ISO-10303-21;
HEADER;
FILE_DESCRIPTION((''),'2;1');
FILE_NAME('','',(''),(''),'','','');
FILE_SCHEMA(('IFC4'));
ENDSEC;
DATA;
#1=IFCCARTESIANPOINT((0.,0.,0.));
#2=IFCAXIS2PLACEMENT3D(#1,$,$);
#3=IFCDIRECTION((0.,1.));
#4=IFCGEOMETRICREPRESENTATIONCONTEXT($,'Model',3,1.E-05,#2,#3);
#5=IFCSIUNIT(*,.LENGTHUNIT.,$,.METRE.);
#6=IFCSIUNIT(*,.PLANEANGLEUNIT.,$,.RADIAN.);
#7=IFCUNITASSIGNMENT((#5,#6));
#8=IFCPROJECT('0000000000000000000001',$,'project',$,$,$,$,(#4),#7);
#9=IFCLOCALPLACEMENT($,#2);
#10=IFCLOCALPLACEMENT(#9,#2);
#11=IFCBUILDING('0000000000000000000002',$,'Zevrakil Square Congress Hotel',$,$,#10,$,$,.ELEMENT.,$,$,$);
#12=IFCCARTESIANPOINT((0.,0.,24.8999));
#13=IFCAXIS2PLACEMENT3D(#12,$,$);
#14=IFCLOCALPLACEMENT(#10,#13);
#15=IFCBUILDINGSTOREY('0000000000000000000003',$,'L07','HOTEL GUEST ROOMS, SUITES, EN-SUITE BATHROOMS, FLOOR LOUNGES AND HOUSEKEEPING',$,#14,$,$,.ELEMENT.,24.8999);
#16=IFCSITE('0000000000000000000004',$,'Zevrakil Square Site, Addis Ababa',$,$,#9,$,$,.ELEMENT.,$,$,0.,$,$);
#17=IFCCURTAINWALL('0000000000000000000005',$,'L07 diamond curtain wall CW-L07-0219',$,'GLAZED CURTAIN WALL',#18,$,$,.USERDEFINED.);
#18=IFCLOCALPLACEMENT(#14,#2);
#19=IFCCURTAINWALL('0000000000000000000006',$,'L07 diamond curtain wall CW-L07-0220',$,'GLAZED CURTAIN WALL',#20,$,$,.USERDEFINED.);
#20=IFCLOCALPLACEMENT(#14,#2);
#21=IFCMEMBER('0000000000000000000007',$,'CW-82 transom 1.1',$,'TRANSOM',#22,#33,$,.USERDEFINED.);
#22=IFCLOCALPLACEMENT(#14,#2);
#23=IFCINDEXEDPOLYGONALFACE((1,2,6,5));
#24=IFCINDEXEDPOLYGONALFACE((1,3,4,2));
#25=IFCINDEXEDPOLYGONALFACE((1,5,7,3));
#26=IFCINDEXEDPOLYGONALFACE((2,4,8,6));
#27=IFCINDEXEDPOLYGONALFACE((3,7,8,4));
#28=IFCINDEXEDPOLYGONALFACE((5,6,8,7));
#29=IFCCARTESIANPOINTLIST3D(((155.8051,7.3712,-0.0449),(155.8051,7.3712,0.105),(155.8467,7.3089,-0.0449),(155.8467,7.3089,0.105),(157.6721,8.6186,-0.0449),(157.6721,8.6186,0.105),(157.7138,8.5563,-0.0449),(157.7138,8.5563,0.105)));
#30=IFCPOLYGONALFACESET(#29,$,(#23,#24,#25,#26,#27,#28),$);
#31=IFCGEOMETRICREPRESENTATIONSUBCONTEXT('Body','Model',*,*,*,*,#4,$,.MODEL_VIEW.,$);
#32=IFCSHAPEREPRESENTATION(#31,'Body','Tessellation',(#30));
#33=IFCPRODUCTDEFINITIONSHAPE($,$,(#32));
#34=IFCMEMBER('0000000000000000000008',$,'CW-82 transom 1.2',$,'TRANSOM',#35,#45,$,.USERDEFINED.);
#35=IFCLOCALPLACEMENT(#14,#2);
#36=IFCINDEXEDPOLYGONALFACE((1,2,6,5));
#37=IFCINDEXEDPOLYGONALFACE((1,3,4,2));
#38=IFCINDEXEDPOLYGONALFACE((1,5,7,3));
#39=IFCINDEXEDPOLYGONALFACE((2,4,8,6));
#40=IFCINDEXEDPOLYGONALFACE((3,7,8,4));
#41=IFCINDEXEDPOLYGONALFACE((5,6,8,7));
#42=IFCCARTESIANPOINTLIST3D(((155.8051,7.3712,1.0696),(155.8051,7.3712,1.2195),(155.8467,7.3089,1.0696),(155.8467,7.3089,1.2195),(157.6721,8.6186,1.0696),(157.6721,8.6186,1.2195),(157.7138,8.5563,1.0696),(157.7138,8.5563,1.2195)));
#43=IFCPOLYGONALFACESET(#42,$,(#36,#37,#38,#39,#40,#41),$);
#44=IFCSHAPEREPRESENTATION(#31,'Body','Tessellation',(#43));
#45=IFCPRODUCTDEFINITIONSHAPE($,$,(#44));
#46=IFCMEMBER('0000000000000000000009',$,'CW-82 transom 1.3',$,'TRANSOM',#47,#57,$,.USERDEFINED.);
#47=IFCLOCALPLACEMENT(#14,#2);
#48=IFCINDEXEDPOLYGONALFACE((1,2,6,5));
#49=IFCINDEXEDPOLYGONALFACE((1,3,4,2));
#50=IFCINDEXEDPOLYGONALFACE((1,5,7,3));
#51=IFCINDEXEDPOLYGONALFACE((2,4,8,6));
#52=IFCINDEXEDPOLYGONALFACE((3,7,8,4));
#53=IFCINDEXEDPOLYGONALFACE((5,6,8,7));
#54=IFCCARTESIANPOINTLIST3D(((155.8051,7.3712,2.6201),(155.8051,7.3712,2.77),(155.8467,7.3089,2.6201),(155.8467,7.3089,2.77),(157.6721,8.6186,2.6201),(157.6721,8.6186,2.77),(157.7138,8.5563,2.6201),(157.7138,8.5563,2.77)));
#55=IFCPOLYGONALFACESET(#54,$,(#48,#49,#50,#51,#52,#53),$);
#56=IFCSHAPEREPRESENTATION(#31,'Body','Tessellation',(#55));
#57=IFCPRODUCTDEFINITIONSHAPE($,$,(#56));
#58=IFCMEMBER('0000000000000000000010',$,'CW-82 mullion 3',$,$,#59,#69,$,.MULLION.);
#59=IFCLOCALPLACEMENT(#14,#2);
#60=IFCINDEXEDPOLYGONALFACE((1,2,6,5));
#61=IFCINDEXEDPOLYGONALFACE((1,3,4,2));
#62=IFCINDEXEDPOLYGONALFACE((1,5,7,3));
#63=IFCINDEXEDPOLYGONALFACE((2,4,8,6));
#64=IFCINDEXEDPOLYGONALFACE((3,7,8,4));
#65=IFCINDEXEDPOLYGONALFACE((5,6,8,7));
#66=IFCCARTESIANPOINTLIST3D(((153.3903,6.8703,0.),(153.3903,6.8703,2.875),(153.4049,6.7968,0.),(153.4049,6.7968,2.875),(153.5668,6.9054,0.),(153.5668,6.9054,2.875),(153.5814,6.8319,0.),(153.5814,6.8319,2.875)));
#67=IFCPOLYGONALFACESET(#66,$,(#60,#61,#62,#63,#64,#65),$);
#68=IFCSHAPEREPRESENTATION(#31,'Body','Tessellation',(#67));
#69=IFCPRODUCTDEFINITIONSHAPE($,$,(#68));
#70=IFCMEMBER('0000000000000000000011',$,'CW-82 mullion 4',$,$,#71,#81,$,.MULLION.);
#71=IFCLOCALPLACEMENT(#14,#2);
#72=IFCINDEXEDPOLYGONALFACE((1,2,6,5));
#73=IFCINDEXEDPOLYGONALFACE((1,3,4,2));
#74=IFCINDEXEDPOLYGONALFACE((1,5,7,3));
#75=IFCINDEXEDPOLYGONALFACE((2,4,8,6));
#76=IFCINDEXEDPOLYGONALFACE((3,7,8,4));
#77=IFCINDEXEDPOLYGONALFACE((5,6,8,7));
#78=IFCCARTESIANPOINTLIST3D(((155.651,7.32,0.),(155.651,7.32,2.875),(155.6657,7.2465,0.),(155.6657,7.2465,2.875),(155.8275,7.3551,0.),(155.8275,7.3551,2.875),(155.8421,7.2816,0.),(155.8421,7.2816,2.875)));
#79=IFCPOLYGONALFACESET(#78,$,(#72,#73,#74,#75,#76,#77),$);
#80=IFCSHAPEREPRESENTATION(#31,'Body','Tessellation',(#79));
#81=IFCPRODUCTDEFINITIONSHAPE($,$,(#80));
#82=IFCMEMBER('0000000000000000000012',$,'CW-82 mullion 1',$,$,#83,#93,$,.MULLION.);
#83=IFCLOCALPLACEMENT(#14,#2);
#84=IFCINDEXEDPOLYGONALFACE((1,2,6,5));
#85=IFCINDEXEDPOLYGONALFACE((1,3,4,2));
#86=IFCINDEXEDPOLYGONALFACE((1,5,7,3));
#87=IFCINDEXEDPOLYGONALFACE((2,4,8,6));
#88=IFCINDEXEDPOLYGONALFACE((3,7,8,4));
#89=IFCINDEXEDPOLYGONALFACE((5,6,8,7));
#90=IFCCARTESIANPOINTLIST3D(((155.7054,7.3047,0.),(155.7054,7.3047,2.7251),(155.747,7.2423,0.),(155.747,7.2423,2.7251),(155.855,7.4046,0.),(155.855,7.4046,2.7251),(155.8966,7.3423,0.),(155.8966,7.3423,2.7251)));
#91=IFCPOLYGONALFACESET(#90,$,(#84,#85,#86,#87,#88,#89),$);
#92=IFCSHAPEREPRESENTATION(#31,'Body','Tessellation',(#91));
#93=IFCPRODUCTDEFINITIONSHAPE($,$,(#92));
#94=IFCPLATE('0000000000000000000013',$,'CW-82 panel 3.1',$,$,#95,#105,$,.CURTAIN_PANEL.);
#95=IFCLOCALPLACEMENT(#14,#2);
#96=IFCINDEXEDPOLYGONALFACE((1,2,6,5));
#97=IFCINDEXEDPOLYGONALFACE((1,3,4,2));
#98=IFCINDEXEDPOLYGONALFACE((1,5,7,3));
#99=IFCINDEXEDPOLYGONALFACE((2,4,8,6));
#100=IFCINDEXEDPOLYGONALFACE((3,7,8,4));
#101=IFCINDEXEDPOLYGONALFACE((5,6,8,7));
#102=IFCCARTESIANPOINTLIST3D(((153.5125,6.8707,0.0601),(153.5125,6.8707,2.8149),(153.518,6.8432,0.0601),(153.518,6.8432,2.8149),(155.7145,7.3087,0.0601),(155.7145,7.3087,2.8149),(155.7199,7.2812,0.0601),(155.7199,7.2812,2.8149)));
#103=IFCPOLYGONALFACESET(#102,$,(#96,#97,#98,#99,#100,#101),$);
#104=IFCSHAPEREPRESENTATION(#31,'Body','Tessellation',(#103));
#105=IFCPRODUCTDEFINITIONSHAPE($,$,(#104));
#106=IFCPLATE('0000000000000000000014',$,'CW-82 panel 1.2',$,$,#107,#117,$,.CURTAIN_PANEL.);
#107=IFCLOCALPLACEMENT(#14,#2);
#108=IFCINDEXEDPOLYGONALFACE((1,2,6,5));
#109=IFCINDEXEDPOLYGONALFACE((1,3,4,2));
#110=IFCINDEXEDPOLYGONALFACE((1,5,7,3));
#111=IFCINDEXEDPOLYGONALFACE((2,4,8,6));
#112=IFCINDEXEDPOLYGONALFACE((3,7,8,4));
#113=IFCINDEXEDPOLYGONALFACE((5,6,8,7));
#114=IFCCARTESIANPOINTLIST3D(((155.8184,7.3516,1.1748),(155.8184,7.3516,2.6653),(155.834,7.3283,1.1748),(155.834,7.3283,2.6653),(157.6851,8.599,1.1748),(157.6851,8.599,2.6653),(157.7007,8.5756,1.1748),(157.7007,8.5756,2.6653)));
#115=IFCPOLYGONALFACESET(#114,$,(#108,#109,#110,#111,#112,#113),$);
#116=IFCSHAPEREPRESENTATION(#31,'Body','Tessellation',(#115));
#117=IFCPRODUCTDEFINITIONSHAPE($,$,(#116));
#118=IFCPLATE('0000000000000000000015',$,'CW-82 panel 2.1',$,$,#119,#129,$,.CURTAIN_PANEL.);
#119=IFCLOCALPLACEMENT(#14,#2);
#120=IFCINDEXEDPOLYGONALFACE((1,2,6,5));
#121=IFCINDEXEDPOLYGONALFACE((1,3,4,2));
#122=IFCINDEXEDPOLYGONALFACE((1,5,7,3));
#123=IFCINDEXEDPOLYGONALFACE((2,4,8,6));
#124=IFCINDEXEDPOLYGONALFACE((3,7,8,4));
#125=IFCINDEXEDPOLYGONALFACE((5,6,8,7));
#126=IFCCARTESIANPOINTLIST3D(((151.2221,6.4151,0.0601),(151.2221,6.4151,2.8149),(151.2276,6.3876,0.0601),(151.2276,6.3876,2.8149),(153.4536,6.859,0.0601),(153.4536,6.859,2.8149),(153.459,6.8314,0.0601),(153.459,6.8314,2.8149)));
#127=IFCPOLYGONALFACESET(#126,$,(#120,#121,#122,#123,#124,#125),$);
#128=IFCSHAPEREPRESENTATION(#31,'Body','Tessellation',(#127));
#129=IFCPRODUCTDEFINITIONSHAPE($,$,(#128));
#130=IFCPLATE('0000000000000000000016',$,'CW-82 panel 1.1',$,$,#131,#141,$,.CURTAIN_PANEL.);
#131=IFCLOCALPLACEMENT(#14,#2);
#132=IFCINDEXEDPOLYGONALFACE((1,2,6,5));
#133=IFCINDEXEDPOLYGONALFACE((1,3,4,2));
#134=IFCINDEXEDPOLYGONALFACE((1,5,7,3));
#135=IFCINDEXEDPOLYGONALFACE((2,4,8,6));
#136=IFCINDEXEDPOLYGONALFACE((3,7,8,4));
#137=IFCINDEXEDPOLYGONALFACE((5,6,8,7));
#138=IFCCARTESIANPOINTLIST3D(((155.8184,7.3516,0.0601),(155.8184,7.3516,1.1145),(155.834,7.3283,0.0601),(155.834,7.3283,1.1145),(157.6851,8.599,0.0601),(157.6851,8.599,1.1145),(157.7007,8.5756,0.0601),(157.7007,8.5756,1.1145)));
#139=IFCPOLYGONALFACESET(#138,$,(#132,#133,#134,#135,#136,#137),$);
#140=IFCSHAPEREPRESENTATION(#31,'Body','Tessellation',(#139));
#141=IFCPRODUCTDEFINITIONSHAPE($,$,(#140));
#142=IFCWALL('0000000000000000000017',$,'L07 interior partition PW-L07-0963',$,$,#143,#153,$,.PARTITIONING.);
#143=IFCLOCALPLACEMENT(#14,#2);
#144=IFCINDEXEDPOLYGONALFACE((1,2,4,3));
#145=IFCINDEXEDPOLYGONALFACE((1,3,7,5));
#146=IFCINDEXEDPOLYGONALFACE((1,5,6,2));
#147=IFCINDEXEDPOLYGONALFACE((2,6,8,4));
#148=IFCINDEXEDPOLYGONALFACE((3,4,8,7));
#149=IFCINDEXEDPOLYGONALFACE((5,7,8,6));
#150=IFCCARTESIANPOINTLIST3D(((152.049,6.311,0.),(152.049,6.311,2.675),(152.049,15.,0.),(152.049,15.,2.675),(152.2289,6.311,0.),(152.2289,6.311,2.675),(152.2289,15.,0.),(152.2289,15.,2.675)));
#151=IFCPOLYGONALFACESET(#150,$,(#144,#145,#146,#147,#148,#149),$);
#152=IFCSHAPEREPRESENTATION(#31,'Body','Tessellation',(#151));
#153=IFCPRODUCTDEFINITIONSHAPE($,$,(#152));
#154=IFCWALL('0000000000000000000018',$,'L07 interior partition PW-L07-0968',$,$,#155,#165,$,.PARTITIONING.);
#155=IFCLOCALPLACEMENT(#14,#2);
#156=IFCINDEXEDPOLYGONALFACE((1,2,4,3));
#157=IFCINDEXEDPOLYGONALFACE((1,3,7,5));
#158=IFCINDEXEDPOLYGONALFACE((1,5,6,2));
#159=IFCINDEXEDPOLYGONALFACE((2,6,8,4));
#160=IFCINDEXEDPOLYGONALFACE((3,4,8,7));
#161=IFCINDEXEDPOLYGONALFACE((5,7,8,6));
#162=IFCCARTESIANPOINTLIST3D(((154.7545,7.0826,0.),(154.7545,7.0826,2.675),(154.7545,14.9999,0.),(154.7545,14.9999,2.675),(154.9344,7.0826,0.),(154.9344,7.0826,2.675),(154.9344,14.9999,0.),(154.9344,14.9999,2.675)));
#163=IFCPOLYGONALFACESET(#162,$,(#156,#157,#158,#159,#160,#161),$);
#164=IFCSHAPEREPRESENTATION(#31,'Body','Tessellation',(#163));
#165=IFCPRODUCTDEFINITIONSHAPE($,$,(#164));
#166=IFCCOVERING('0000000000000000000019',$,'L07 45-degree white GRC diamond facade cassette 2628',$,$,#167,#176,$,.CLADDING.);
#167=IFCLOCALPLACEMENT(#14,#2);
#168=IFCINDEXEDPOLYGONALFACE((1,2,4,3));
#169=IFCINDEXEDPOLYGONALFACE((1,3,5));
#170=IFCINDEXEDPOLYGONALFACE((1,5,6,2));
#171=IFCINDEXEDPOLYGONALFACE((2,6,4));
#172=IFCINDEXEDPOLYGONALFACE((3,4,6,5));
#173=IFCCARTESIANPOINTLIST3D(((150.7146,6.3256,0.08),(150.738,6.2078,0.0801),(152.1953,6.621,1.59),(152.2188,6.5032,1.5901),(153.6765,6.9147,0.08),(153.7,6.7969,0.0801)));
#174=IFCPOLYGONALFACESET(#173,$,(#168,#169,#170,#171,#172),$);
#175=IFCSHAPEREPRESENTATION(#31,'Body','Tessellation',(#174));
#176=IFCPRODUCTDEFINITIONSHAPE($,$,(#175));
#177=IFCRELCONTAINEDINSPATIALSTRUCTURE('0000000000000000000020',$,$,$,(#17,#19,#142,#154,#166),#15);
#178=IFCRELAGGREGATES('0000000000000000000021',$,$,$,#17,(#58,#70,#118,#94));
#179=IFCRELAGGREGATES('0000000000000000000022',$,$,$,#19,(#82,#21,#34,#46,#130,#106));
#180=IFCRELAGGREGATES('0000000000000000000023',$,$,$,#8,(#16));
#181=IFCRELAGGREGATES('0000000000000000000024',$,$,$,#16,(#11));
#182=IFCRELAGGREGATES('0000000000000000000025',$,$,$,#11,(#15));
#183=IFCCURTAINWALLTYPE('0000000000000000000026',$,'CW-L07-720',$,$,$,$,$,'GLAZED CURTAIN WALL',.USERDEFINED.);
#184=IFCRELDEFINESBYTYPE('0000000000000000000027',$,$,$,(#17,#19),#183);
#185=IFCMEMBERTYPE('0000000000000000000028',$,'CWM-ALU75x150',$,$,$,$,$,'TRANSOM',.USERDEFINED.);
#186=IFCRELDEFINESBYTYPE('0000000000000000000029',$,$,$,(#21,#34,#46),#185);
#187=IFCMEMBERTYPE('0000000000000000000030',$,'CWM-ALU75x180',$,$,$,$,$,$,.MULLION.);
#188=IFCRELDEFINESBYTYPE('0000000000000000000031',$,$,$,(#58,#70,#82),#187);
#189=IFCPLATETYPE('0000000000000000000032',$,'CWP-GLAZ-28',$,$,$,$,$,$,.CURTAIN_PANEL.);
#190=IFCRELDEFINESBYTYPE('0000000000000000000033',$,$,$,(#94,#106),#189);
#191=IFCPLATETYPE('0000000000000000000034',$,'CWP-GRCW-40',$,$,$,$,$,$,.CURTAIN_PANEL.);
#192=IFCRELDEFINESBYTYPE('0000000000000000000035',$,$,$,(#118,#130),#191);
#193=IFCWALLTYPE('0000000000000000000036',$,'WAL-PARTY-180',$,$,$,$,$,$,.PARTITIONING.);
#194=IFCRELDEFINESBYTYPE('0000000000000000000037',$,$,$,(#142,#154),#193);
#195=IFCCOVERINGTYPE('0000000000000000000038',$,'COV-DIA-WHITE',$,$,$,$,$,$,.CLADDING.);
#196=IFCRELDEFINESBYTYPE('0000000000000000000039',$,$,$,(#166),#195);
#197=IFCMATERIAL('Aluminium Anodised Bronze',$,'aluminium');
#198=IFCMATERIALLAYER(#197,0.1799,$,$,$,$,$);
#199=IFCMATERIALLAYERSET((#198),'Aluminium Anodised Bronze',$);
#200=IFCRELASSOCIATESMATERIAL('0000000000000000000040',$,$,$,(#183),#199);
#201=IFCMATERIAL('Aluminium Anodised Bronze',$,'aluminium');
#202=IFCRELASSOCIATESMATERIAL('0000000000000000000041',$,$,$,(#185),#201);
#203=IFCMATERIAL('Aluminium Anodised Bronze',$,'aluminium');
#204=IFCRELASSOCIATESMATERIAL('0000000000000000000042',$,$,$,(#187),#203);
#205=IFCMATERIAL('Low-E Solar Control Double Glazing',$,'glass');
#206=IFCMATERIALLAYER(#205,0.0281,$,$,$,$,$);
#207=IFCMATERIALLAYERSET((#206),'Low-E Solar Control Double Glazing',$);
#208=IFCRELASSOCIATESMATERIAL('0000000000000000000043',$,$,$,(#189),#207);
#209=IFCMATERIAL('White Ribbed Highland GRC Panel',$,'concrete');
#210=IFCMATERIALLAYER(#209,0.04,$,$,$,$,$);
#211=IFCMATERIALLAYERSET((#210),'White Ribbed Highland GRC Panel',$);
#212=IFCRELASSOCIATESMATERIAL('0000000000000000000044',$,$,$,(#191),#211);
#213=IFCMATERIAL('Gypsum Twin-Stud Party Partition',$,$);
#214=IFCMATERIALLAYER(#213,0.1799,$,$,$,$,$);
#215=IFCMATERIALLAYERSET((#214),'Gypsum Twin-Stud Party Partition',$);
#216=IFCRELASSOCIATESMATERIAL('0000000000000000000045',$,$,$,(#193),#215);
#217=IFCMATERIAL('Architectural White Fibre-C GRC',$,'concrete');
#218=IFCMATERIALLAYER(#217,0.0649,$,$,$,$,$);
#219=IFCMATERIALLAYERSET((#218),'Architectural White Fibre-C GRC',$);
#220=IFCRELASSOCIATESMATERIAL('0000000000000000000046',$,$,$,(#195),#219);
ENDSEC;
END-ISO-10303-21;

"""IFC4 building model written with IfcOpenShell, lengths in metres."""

from ifc_helpers import new_model, si_unit, direction, frame, frame_2d, origin, origin_2d, place, context, subcontext, project, spatial, polyline, rectangle, outline, extrude, material, layer, layer_set, material_profile, profile_set, type_object, element, aggregate, save


model = new_model("IFC4")

# Units and contexts
model_context = context("Model", 3, precision=1e-05, world=origin(), true_north=direction((0.0, 1.0)))
body_context = subcontext(model_context, "Body", "Model", "MODEL_VIEW")
ifc_project = project(units=[si_unit("LENGTHUNIT", "METRE"), si_unit("PLANEANGLEUNIT", "RADIAN")], contexts=[model_context])

# Site, building, storey
site_placement = place(None, origin())
site = spatial("IfcSite", under=ifc_project, at=site_placement, Name="Zevrakil Square Site, Addis Ababa", CompositionType="ELEMENT", RefElevation=0.0)
building_placement = place(site_placement, origin())
building = spatial("IfcBuilding", under=site, at=building_placement, Name="Zevrakil Square Congress Hotel", CompositionType="ELEMENT")
storey_placement = place(building_placement, frame((0.0, 0.0, 24.8999)))
storey = spatial("IfcBuildingStorey", under=building, at=storey_placement, Name="L07", Description="HOTEL GUEST ROOMS, SUITES, EN-SUITE BATHROOMS, FLOOR LOUNGES AND HOUSEKEEPING", CompositionType="ELEMENT", Elevation=24.8999)

# Curtain walls, members
ifc_material_1 = material(Name="Aluminium Anodised Bronze", Category="aluminium")
ifc_layer_1 = layer(ifc_material_1, 0.1799)
ifc_layer_set_1 = layer_set([ifc_layer_1], Name="Aluminium Anodised Bronze")
curtain_wall_type = type_object("IfcCurtainWallType", Name="CW-L07-720", ElementType="GLAZED CURTAIN WALL", PredefinedType="USERDEFINED", material=ifc_layer_set_1)
curtain_wall_1_placement = place(storey_placement, origin())
curtain_wall_1 = element("IfcCurtainWall", 1, at=curtain_wall_1_placement, inside=storey, type_object=curtain_wall_type, Name="L07 diamond curtain wall CW-L07-0219", ObjectType="GLAZED CURTAIN WALL", PredefinedType="USERDEFINED")
ifc_material_2 = material(Name="Aluminium Anodised Bronze", Category="aluminium")
ifc_material_profile_1 = material_profile(ifc_material_2, rectangle(XDim=0.075, YDim=0.1499, at=origin_2d()), Name="ALU 75x150")
ifc_profile_set_1 = profile_set([ifc_material_profile_1], Name="Aluminium Anodised Bronze")
member_type_1 = type_object("IfcMemberType", Name="CWM-ALU75x150", ElementType="TRANSOM", PredefinedType="USERDEFINED", material=ifc_profile_set_1)
curtain_wall_2_placement = place(storey_placement, origin())
curtain_wall_2 = element("IfcCurtainWall", 2, at=curtain_wall_2_placement, inside=storey, type_object=curtain_wall_type, Name="L07 diamond curtain wall CW-L07-0220", ObjectType="GLAZED CURTAIN WALL", PredefinedType="USERDEFINED")
member_1_placement = place(storey_placement, frame((155.8259, 7.3401, 0.03), z_axis=(0.831498, 0.555528, 0.0), x_axis=(-0.555528, 0.831498, 0.0)))
member_1 = element("IfcMember", 3, at=member_1_placement, type_object=member_type_1, Name="CW-82 transom 1.1", ObjectType="TRANSOM", PredefinedType="USERDEFINED", context=body_context, shape_type="SweptSolid", body=[
    extrude(rectangle(XDim=0.075, YDim=0.1499, at=origin_2d()), origin(), (0.0, 0.0, 1.0), 2.2454),
])
member_2_placement = place(storey_placement, frame((155.8259, 7.3401, 1.1445), z_axis=(0.831498, 0.555528, 0.0), x_axis=(-0.555528, 0.831498, 0.0)))
member_2 = element("IfcMember", 4, at=member_2_placement, type_object=member_type_1, Name="CW-82 transom 1.2", ObjectType="TRANSOM", PredefinedType="USERDEFINED", context=body_context, shape_type="SweptSolid", body=[
    extrude(rectangle(XDim=0.075, YDim=0.1499, at=origin_2d()), origin(), (0.0, 0.0, 1.0), 2.2454),
])
member_3_placement = place(storey_placement, frame((155.8259, 7.3401, 2.6951), z_axis=(0.831498, 0.555528, 0.0), x_axis=(-0.555528, 0.831498, 0.0)))
member_3 = element("IfcMember", 5, at=member_3_placement, type_object=member_type_1, Name="CW-82 transom 1.3", ObjectType="TRANSOM", PredefinedType="USERDEFINED", context=body_context, shape_type="SweptSolid", body=[
    extrude(rectangle(XDim=0.075, YDim=0.1499, at=origin_2d()), origin(), (0.0, 0.0, 1.0), 2.2454),
])

# Members
ifc_material_3 = material(Name="Aluminium Anodised Bronze", Category="aluminium")
ifc_material_profile_2 = material_profile(ifc_material_3, rectangle(XDim=0.075, YDim=0.1799, at=origin_2d()), Name="ALU 75x180")
ifc_profile_set_2 = profile_set([ifc_material_profile_2], Name="Aluminium Anodised Bronze")
member_type_2 = type_object("IfcMemberType", Name="CWM-ALU75x180", PredefinedType="MULLION", material=ifc_profile_set_2)
member_4_placement = place(storey_placement, frame((153.4858, 6.8511, 0.0), z_axis=(0.0, 0.0, 1.0), x_axis=(-0.195084, 0.980787, 0.0)))
member_4 = element("IfcMember", 6, at=member_4_placement, type_object=member_type_2, Name="CW-82 mullion 3", PredefinedType="MULLION", context=body_context, shape_type="SweptSolid", body=[
    extrude(rectangle(XDim=0.075, YDim=0.1799, at=origin_2d()), origin(), (0.0, 0.0, 1.0), 2.875),
])
member_5_placement = place(storey_placement, frame((155.7466, 7.3008, 0.0), z_axis=(0.0, 0.0, 1.0), x_axis=(-0.195084, 0.980787, 0.0)))
member_5 = element("IfcMember", 7, at=member_5_placement, type_object=member_type_2, Name="CW-82 mullion 4", PredefinedType="MULLION", context=body_context, shape_type="SweptSolid", body=[
    extrude(rectangle(XDim=0.075, YDim=0.1799, at=origin_2d()), origin(), (0.0, 0.0, 1.0), 2.875),
])
member_6_placement = place(storey_placement, frame((155.801, 7.3235, 0.0), z_axis=(0.0, 0.0, 1.0), x_axis=(-0.555576, 0.831466, 0.0)))
member_6 = element("IfcMember", 8, at=member_6_placement, type_object=member_type_2, Name="CW-82 mullion 1", PredefinedType="MULLION", context=body_context, shape_type="SweptSolid", body=[
    extrude(rectangle(XDim=0.075, YDim=0.1799, at=origin_2d()), origin(), (0.0, 0.0, 1.0), 2.7251),
])

# Plates
ifc_material_4 = material(Name="Low-E Solar Control Double Glazing", Category="glass")
ifc_layer_2 = layer(ifc_material_4, 0.0281)
ifc_layer_set_2 = layer_set([ifc_layer_2], Name="Low-E Solar Control Double Glazing")
plate_type_1 = type_object("IfcPlateType", Name="CWP-GLAZ-28", PredefinedType="CURTAIN_PANEL", material=ifc_layer_set_2)
plate_1_placement = place(storey_placement, frame((154.6162, 7.0759, 0.0601), z_axis=(0.0, 0.0, 1.0), x_axis=(0.980787, 0.195084, 0.0)))
plate_1 = element("IfcPlate", 9, at=plate_1_placement, type_object=plate_type_1, Name="CW-82 panel 3.1", PredefinedType="CURTAIN_PANEL", context=body_context, shape_type="SweptSolid", body=[
    extrude(rectangle(XDim=2.2451, YDim=0.0281, at=origin_2d()), origin(), (0.0, 0.0, 1.0), 2.7549),
])
plate_2_placement = place(storey_placement, frame((156.7595, 7.9636, 1.1748), z_axis=(0.0, 0.0, 1.0), x_axis=(0.831466, 0.555576, 0.0)))
plate_2 = element("IfcPlate", 10, at=plate_2_placement, type_object=plate_type_1, Name="CW-82 panel 1.2", PredefinedType="CURTAIN_PANEL", context=body_context, shape_type="SweptSolid", body=[
    extrude(rectangle(XDim=2.2451, YDim=0.0281, at=origin_2d()), origin(), (0.0, 0.0, 1.0), 1.4905),
])
ifc_material_5 = material(Name="White Ribbed Highland GRC Panel", Category="concrete")
ifc_layer_3 = layer(ifc_material_5, 0.04)
ifc_layer_set_3 = layer_set([ifc_layer_3], Name="White Ribbed Highland GRC Panel")
plate_type_2 = type_object("IfcPlateType", Name="CWP-GRCW-40", PredefinedType="CURTAIN_PANEL", material=ifc_layer_set_3)
plate_3_placement = place(storey_placement, frame((152.3406, 6.6233, 0.0601), z_axis=(0.0, 0.0, 1.0), x_axis=(0.980787, 0.195084, 0.0)))
plate_3 = element("IfcPlate", 11, at=plate_3_placement, type_object=plate_type_2, Name="CW-82 panel 2.1", PredefinedType="CURTAIN_PANEL", context=body_context, shape_type="SweptSolid", body=[
    extrude(rectangle(XDim=2.2751, YDim=0.0281, at=origin_2d()), origin(), (0.0, 0.0, 1.0), 2.7549),
])
aggregate(curtain_wall_1, [member_4, member_5, plate_3, plate_1])
plate_4_placement = place(storey_placement, frame((156.7595, 7.9636, 0.0601), z_axis=(0.0, 0.0, 1.0), x_axis=(0.831466, 0.555576, 0.0)))
plate_4 = element("IfcPlate", 12, at=plate_4_placement, type_object=plate_type_2, Name="CW-82 panel 1.1", PredefinedType="CURTAIN_PANEL", context=body_context, shape_type="SweptSolid", body=[
    extrude(rectangle(XDim=2.2451, YDim=0.0281, at=origin_2d()), origin(), (0.0, 0.0, 1.0), 1.0544),
])
aggregate(curtain_wall_2, [member_6, member_1, member_2, member_3, plate_4, plate_2])

# Walls
ifc_material_6 = material(Name="Gypsum Twin-Stud Party Partition")
ifc_layer_4 = layer(ifc_material_6, 0.1799)
ifc_layer_set_4 = layer_set([ifc_layer_4], Name="Gypsum Twin-Stud Party Partition")
wall_type = type_object("IfcWallType", Name="WAL-PARTY-180", PredefinedType="PARTITIONING", material=ifc_layer_set_4)
wall_1_placement = place(storey_placement, frame((152.1389, 6.311, 0.0), z_axis=(0.0, 0.0, 1.0), x_axis=(0.0, 1.0, 0.0)))
element("IfcWall", 13, at=wall_1_placement, inside=storey, type_object=wall_type, Name="L07 interior partition PW-L07-0963", PredefinedType="PARTITIONING", context=body_context, shape_type="SweptSolid", body=[
    extrude(rectangle(XDim=8.689, YDim=0.1799, at=frame_2d((4.3445, 0.0))), origin(), (0.0, 0.0, 1.0), 2.675),
])
wall_2_placement = place(storey_placement, frame((154.8445, 7.0828, 0.0), z_axis=(0.0, 0.0, 1.0), x_axis=(0.0, 1.0, 0.0)))
element("IfcWall", 14, at=wall_2_placement, inside=storey, type_object=wall_type, Name="L07 interior partition PW-L07-0968", PredefinedType="PARTITIONING", context=body_context, shape_type="SweptSolid", body=[
    extrude(rectangle(XDim=7.9172, YDim=0.1799, at=frame_2d((3.9585, 0.0))), origin(), (0.0, 0.0, 1.0), 2.675),
])

# Covering
ifc_material_7 = material(Name="Architectural White Fibre-C GRC", Category="concrete")
ifc_layer_5 = layer(ifc_material_7, 0.0649)
ifc_layer_set_5 = layer_set([ifc_layer_5], Name="Architectural White Fibre-C GRC")
covering_type_1 = type_object("IfcCoveringType", Name="COV-DIA-WHITE", PredefinedType="CLADDING", material=ifc_layer_set_5)
covering_1_placement = place(storey_placement, frame((152.2188, 6.5032, 1.5901), z_axis=(0.195074, -0.980788, 0.000587), x_axis=(0.69361, 0.137533, -0.7071)))
element("IfcCovering", 15, at=covering_1_placement, inside=storey, type_object=covering_type_1, Name="L07 45-degree white GRC diamond facade cassette 2628", PredefinedType="CLADDING", context=body_context, shape_type="SweptSolid", body=[
    extrude(outline(polyline([(0.0, 0.0), (2.1355, 0.0), (0.0001, -2.1354), (0.0, 0.0)])), origin(), (0.0, 0.0, -1.0), 0.1201),
])

save(model, "model.ifc")
